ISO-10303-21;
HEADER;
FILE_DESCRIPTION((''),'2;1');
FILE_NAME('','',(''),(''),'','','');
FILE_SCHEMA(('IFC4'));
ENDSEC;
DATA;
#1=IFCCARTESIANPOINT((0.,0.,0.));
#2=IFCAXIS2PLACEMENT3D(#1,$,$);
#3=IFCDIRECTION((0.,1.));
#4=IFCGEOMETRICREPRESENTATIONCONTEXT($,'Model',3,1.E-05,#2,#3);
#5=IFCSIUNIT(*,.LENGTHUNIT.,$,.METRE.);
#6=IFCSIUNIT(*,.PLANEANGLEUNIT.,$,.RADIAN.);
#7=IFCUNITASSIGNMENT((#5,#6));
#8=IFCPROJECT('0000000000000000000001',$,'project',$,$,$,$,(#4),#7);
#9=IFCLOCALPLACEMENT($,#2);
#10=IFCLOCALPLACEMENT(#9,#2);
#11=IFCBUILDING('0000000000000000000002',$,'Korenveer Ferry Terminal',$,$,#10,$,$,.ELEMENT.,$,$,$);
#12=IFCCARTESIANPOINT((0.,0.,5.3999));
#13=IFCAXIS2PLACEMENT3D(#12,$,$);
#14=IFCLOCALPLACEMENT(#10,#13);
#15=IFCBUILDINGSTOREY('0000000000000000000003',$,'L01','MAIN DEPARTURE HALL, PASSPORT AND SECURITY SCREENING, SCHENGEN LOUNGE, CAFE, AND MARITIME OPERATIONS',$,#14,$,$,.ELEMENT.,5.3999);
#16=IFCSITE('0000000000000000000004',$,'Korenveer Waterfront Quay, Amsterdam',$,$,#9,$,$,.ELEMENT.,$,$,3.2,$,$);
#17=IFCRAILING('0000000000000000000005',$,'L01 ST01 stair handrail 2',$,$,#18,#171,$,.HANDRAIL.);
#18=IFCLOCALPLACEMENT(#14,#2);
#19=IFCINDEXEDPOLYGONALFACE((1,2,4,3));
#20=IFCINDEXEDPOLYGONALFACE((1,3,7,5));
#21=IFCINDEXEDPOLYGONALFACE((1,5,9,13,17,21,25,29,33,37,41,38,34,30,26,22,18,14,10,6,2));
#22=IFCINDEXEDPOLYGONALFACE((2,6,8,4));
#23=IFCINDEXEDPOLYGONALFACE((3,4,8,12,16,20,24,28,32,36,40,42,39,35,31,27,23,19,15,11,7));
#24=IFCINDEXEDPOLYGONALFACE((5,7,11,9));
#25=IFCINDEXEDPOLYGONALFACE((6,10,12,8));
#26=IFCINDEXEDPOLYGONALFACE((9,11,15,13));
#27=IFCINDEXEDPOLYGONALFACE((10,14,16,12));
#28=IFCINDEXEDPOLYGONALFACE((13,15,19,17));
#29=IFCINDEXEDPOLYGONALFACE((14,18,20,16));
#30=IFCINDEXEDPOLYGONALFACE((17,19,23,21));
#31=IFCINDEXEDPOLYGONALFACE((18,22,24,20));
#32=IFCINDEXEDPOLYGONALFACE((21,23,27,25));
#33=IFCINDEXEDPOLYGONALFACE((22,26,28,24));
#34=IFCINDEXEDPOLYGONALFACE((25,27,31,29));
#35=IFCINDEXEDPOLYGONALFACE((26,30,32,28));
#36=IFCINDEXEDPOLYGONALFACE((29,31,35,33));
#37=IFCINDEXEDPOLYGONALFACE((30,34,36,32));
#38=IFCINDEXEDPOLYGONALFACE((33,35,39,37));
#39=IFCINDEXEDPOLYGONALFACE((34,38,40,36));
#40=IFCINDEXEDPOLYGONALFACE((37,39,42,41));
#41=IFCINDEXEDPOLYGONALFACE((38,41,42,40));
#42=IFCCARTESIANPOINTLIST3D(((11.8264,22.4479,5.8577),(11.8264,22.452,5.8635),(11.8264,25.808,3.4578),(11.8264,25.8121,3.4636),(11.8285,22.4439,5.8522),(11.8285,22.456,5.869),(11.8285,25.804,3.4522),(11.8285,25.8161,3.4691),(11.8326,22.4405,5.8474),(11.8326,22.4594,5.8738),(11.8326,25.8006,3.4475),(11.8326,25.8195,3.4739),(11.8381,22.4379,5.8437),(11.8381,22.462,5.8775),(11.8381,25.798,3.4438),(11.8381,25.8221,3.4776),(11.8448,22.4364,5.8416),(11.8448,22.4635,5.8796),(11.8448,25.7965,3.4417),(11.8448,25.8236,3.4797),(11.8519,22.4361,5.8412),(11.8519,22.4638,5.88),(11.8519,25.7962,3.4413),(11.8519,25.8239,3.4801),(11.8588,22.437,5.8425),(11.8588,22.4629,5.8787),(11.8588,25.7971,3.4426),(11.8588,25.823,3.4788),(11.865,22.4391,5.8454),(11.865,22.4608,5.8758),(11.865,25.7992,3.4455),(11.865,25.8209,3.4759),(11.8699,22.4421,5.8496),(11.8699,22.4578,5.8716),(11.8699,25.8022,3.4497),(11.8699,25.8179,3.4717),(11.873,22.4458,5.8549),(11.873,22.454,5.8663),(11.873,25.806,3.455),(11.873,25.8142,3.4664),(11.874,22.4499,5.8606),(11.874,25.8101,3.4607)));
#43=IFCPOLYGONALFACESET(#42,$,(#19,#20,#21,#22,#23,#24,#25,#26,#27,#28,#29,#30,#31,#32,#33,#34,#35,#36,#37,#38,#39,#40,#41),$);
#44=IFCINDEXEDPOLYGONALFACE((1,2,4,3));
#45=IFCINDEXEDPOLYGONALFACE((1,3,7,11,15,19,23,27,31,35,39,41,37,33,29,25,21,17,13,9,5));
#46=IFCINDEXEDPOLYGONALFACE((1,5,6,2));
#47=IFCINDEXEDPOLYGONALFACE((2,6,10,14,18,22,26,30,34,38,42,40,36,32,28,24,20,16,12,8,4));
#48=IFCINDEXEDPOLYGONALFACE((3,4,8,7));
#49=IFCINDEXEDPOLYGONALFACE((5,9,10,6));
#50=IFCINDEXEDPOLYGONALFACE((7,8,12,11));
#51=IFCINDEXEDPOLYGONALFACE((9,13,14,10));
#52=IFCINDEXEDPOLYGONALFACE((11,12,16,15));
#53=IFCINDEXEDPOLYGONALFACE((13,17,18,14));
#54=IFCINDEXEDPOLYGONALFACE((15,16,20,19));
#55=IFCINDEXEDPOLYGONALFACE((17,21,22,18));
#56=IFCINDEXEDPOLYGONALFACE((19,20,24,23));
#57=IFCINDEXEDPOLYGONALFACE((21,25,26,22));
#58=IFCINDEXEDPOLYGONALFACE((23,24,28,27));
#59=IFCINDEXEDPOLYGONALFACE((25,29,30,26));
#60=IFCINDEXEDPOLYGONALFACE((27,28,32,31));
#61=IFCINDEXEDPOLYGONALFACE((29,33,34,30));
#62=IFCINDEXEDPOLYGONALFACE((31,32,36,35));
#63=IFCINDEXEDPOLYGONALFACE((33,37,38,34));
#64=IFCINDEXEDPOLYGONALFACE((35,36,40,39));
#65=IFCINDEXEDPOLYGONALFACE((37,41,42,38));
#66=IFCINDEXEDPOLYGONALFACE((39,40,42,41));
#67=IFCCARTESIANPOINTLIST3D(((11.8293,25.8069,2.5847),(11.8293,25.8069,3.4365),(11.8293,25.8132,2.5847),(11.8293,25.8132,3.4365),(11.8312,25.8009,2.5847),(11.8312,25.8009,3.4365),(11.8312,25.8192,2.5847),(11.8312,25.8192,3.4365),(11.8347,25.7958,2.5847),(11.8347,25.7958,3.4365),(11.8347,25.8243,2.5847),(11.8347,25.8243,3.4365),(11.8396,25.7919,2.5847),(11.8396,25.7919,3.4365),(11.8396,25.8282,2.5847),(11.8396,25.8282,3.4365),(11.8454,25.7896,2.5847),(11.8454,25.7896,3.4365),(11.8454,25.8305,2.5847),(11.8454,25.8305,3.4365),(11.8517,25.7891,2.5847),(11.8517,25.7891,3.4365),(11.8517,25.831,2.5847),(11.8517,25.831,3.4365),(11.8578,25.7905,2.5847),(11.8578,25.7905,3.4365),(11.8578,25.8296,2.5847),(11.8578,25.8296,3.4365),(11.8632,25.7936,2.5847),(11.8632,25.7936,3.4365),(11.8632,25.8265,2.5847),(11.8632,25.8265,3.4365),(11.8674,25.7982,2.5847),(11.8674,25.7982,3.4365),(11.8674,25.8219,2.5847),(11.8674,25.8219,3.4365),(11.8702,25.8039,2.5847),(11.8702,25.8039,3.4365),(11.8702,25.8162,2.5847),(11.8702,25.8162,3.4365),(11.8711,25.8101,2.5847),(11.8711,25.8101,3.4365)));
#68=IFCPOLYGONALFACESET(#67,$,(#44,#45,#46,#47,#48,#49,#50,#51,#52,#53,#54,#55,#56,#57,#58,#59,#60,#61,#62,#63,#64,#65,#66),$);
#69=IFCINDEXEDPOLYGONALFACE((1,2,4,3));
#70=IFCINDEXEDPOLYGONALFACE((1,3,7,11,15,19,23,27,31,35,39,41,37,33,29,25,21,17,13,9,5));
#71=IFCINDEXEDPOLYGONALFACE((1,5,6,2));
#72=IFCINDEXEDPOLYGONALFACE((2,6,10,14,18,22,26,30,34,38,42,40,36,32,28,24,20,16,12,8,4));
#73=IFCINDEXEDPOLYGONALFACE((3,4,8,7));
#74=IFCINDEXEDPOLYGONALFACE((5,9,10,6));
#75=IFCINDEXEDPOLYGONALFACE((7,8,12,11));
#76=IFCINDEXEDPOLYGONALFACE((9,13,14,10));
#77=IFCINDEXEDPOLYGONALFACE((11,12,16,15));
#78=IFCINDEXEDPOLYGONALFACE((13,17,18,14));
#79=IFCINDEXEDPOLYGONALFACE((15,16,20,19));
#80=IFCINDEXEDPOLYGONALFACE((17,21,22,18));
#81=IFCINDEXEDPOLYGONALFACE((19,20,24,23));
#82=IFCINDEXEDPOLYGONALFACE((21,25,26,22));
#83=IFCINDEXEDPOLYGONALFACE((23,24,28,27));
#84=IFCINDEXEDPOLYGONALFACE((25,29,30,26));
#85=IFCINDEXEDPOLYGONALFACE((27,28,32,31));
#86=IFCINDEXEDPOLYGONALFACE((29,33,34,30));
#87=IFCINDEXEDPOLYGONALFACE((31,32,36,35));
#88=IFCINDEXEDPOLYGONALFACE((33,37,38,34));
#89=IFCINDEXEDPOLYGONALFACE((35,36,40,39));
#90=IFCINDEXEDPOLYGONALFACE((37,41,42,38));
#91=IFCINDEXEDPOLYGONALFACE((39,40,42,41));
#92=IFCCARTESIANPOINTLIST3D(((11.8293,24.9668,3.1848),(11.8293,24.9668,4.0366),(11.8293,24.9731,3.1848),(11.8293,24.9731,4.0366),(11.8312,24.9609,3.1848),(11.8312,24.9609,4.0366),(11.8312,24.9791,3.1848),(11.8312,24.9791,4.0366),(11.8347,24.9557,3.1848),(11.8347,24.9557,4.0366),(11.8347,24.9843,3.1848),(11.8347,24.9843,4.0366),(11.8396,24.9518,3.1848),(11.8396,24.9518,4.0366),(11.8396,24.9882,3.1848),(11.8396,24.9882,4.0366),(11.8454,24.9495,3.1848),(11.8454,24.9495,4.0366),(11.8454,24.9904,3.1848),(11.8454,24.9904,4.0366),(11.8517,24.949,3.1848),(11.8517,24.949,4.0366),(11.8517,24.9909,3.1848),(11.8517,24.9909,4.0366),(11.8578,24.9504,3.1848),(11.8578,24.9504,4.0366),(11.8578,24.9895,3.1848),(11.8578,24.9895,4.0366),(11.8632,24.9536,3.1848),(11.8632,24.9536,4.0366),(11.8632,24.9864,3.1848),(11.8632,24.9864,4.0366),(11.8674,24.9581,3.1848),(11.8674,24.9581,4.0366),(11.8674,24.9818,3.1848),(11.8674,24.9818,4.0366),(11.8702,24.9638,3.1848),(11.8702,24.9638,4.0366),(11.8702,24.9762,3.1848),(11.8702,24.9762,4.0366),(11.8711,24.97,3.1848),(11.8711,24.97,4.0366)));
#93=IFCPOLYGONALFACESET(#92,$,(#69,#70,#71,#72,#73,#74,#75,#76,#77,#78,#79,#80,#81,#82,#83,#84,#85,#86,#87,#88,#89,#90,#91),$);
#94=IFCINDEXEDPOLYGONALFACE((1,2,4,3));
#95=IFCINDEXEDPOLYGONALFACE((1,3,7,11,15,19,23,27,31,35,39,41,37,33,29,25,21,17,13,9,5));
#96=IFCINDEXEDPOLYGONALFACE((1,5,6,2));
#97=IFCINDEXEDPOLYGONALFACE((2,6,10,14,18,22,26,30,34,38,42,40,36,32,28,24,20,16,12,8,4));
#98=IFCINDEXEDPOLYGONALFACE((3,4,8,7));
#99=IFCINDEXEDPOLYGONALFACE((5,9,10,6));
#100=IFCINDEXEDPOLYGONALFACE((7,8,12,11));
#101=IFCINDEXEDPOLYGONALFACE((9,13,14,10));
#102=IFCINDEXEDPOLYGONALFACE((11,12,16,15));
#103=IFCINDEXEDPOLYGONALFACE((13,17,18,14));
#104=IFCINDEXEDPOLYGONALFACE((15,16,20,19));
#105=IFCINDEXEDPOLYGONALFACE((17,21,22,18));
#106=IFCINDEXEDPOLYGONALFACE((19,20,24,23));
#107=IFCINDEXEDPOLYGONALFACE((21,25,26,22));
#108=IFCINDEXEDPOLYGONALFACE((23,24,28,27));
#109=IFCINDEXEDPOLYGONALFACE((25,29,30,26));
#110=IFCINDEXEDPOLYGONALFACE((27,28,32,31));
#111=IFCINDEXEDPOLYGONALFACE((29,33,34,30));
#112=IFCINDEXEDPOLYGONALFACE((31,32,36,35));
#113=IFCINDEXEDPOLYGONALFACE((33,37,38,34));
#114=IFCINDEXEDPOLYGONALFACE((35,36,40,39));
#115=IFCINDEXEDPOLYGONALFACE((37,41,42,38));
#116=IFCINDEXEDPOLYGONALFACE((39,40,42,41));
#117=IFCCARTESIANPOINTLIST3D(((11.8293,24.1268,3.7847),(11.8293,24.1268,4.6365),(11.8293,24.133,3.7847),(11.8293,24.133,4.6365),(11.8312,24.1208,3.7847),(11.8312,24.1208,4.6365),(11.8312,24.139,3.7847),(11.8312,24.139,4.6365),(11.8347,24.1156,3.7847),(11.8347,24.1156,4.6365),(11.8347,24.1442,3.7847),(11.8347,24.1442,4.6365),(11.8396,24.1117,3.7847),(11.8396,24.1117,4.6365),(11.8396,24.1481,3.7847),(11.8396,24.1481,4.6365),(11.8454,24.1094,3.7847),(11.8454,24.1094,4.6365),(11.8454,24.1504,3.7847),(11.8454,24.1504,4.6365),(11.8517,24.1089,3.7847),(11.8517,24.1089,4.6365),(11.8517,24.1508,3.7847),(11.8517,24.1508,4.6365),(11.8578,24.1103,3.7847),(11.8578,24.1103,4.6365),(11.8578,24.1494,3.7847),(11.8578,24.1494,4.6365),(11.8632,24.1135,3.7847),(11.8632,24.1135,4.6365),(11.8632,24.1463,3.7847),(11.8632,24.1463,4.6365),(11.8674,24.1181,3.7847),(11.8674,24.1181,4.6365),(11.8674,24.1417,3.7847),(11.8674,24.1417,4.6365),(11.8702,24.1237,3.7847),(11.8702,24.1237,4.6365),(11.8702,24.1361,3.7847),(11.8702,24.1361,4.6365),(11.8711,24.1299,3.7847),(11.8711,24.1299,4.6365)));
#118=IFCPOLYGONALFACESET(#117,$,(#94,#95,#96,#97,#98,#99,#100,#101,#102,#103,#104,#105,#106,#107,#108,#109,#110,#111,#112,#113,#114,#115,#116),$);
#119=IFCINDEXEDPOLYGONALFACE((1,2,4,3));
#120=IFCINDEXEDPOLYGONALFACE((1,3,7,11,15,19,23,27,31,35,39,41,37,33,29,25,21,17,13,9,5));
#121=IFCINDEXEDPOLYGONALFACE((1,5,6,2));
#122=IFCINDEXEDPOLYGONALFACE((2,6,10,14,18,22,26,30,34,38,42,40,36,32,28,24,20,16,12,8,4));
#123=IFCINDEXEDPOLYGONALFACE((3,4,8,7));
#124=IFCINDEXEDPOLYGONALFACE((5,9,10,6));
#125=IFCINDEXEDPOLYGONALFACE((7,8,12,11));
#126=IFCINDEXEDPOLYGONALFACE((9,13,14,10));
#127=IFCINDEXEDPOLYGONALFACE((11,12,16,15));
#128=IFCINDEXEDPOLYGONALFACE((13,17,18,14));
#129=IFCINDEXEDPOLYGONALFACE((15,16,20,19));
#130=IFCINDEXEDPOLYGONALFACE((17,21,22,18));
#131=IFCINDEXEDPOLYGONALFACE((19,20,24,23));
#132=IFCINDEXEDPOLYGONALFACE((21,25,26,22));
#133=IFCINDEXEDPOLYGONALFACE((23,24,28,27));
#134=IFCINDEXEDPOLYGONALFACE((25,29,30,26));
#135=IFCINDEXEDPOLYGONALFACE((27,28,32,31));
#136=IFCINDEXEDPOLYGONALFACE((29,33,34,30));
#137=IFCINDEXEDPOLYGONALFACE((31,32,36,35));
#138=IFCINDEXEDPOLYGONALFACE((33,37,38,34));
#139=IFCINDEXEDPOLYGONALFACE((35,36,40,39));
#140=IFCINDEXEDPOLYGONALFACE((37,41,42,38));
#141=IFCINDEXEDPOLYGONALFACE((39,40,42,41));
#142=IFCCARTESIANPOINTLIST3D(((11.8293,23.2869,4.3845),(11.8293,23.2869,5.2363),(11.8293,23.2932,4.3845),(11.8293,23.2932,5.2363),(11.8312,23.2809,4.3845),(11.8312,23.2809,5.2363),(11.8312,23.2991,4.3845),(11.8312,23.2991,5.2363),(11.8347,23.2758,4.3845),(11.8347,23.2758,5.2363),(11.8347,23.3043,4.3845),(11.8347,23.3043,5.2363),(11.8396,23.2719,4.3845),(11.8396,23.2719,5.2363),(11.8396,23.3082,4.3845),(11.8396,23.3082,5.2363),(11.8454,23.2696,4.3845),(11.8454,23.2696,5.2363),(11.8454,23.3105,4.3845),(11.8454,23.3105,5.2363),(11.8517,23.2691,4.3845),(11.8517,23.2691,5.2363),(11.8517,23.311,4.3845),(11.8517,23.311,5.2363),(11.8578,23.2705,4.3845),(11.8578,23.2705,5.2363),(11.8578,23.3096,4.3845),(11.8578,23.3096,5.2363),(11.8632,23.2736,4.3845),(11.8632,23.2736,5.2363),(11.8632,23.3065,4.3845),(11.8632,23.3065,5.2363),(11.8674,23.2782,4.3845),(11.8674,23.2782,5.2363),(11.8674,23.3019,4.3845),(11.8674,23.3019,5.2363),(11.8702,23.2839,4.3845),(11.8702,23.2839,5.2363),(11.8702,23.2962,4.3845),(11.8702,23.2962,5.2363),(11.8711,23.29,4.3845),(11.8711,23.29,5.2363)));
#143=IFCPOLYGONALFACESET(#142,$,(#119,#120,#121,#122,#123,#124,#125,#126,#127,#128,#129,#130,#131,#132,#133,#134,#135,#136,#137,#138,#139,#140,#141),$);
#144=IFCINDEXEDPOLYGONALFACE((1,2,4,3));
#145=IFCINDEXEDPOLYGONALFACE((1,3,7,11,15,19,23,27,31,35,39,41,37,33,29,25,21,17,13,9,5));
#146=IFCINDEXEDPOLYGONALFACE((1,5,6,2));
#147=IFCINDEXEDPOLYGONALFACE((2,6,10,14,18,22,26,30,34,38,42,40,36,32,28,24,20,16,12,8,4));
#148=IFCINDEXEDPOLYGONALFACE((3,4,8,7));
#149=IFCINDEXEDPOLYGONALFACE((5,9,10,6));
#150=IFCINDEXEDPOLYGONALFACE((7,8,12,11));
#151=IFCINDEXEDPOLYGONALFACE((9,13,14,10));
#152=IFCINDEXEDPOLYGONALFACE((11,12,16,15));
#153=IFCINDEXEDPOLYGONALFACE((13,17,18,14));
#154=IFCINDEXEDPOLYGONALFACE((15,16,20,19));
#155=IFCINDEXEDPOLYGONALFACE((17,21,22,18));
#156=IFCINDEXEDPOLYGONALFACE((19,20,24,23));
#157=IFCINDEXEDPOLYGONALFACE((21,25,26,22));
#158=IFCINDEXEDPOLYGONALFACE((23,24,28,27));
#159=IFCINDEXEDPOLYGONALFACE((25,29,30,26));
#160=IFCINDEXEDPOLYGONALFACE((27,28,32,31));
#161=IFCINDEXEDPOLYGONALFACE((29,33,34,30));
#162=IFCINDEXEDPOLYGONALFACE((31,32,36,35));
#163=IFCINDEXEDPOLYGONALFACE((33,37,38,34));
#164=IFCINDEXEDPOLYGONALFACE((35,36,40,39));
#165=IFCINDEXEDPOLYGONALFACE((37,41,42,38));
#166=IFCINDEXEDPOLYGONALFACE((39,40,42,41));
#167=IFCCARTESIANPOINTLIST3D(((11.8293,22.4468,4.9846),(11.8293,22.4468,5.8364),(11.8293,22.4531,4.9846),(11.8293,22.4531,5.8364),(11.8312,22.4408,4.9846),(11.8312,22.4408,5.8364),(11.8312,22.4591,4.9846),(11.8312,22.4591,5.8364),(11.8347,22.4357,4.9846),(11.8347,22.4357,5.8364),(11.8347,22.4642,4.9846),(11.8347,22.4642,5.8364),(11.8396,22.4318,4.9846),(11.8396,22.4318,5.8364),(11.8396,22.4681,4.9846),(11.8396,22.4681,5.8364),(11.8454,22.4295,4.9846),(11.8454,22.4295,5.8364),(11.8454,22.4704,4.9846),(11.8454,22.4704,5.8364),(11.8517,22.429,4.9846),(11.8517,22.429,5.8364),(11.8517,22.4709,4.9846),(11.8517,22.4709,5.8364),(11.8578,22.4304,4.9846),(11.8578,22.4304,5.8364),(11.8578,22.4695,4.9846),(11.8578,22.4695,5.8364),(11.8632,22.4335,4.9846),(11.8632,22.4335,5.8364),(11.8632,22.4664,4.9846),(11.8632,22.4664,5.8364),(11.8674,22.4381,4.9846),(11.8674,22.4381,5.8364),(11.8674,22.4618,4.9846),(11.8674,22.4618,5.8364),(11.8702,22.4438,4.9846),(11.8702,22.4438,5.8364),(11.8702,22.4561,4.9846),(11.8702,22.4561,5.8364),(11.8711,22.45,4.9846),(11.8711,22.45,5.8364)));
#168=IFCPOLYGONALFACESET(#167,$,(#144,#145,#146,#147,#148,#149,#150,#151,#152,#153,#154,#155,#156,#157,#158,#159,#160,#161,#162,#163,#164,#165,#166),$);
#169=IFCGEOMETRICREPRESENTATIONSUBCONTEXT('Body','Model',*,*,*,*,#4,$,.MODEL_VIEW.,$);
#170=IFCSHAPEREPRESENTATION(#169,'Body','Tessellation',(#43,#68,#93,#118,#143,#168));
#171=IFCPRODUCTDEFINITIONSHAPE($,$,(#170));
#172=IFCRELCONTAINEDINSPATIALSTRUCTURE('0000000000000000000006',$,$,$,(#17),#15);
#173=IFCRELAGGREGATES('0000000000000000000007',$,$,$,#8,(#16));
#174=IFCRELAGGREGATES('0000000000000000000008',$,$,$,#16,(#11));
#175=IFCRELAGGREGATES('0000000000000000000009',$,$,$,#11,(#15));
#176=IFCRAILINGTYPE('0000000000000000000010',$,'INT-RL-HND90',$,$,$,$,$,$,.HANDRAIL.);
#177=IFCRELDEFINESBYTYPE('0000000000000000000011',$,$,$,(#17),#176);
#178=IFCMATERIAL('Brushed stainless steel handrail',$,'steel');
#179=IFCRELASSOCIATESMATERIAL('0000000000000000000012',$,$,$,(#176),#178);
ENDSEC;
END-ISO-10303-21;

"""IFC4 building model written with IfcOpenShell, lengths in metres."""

from ifc_helpers import new_model, si_unit, direction, frame, origin, origin_2d, place, context, subcontext, project, spatial, circle, extrude, material, type_object, element, save


model = new_model("IFC4")

# Units and contexts
model_context = context("Model", 3, precision=1e-05, world=origin(), true_north=direction((0.0, 1.0)))
body_context = subcontext(model_context, "Body", "Model", "MODEL_VIEW")
ifc_project = project(units=[si_unit("LENGTHUNIT", "METRE"), si_unit("PLANEANGLEUNIT", "RADIAN")], contexts=[model_context])

# Site, building, storey
site_placement = place(None, origin())
site = spatial("IfcSite", under=ifc_project, at=site_placement, Name="Korenveer Waterfront Quay, Amsterdam", CompositionType="ELEMENT", RefElevation=3.2)
building_placement = place(site_placement, origin())
building = spatial("IfcBuilding", under=site, at=building_placement, Name="Korenveer Ferry Terminal", CompositionType="ELEMENT")
storey_placement = place(building_placement, frame((0.0, 0.0, 5.3999)))
storey = spatial("IfcBuildingStorey", under=building, at=storey_placement, Name="L01", Description="MAIN DEPARTURE HALL, PASSPORT AND SECURITY SCREENING, SCHENGEN LOUNGE, CAFE, AND MARITIME OPERATIONS", CompositionType="ELEMENT", Elevation=5.3999)

# Railing
ifc_material_1 = material(Name="Brushed stainless steel handrail", Category="steel")
railing_type_1 = type_object("IfcRailingType", Name="INT-RL-HND90", PredefinedType="HANDRAIL", material=ifc_material_1)
railing_1_placement = place(storey_placement, frame((11.8501, 25.8101, 2.5847)))
element("IfcRailing", 1, at=railing_1_placement, inside=storey, type_object=railing_type_1, Name="L01 ST01 stair handrail 2", PredefinedType="HANDRAIL", context=body_context, shape_type="SweptSolid", body=[
    extrude(circle(Radius=0.0239, at=origin_2d()), frame((0.0, 0.0, 0.876), z_axis=(0.0, -0.813753, 0.58121), x_axis=(1.0, 0.0, 0.0)), (0.0, 0.0, 1.0), 4.1292),
    extrude(circle(Radius=0.021, at=origin_2d()), origin(), (0.0, 0.0, 1.0), 0.8518),
    extrude(circle(Radius=0.021, at=origin_2d()), frame((0.0, -0.8401, 0.6001)), (0.0, 0.0, 1.0), 0.8518),
    extrude(circle(Radius=0.021, at=origin_2d()), frame((0.0, -1.6802, 1.2)), (0.0, 0.0, 1.0), 0.8518),
    extrude(circle(Radius=0.021, at=origin_2d()), frame((0.0, -2.52, 1.7998)), (0.0, 0.0, 1.0), 0.8518),
    extrude(circle(Radius=0.021, at=origin_2d()), frame((0.0, -3.3601, 2.3999)), (0.0, 0.0, 1.0), 0.8518),
])

save(model, "model.ifc")
